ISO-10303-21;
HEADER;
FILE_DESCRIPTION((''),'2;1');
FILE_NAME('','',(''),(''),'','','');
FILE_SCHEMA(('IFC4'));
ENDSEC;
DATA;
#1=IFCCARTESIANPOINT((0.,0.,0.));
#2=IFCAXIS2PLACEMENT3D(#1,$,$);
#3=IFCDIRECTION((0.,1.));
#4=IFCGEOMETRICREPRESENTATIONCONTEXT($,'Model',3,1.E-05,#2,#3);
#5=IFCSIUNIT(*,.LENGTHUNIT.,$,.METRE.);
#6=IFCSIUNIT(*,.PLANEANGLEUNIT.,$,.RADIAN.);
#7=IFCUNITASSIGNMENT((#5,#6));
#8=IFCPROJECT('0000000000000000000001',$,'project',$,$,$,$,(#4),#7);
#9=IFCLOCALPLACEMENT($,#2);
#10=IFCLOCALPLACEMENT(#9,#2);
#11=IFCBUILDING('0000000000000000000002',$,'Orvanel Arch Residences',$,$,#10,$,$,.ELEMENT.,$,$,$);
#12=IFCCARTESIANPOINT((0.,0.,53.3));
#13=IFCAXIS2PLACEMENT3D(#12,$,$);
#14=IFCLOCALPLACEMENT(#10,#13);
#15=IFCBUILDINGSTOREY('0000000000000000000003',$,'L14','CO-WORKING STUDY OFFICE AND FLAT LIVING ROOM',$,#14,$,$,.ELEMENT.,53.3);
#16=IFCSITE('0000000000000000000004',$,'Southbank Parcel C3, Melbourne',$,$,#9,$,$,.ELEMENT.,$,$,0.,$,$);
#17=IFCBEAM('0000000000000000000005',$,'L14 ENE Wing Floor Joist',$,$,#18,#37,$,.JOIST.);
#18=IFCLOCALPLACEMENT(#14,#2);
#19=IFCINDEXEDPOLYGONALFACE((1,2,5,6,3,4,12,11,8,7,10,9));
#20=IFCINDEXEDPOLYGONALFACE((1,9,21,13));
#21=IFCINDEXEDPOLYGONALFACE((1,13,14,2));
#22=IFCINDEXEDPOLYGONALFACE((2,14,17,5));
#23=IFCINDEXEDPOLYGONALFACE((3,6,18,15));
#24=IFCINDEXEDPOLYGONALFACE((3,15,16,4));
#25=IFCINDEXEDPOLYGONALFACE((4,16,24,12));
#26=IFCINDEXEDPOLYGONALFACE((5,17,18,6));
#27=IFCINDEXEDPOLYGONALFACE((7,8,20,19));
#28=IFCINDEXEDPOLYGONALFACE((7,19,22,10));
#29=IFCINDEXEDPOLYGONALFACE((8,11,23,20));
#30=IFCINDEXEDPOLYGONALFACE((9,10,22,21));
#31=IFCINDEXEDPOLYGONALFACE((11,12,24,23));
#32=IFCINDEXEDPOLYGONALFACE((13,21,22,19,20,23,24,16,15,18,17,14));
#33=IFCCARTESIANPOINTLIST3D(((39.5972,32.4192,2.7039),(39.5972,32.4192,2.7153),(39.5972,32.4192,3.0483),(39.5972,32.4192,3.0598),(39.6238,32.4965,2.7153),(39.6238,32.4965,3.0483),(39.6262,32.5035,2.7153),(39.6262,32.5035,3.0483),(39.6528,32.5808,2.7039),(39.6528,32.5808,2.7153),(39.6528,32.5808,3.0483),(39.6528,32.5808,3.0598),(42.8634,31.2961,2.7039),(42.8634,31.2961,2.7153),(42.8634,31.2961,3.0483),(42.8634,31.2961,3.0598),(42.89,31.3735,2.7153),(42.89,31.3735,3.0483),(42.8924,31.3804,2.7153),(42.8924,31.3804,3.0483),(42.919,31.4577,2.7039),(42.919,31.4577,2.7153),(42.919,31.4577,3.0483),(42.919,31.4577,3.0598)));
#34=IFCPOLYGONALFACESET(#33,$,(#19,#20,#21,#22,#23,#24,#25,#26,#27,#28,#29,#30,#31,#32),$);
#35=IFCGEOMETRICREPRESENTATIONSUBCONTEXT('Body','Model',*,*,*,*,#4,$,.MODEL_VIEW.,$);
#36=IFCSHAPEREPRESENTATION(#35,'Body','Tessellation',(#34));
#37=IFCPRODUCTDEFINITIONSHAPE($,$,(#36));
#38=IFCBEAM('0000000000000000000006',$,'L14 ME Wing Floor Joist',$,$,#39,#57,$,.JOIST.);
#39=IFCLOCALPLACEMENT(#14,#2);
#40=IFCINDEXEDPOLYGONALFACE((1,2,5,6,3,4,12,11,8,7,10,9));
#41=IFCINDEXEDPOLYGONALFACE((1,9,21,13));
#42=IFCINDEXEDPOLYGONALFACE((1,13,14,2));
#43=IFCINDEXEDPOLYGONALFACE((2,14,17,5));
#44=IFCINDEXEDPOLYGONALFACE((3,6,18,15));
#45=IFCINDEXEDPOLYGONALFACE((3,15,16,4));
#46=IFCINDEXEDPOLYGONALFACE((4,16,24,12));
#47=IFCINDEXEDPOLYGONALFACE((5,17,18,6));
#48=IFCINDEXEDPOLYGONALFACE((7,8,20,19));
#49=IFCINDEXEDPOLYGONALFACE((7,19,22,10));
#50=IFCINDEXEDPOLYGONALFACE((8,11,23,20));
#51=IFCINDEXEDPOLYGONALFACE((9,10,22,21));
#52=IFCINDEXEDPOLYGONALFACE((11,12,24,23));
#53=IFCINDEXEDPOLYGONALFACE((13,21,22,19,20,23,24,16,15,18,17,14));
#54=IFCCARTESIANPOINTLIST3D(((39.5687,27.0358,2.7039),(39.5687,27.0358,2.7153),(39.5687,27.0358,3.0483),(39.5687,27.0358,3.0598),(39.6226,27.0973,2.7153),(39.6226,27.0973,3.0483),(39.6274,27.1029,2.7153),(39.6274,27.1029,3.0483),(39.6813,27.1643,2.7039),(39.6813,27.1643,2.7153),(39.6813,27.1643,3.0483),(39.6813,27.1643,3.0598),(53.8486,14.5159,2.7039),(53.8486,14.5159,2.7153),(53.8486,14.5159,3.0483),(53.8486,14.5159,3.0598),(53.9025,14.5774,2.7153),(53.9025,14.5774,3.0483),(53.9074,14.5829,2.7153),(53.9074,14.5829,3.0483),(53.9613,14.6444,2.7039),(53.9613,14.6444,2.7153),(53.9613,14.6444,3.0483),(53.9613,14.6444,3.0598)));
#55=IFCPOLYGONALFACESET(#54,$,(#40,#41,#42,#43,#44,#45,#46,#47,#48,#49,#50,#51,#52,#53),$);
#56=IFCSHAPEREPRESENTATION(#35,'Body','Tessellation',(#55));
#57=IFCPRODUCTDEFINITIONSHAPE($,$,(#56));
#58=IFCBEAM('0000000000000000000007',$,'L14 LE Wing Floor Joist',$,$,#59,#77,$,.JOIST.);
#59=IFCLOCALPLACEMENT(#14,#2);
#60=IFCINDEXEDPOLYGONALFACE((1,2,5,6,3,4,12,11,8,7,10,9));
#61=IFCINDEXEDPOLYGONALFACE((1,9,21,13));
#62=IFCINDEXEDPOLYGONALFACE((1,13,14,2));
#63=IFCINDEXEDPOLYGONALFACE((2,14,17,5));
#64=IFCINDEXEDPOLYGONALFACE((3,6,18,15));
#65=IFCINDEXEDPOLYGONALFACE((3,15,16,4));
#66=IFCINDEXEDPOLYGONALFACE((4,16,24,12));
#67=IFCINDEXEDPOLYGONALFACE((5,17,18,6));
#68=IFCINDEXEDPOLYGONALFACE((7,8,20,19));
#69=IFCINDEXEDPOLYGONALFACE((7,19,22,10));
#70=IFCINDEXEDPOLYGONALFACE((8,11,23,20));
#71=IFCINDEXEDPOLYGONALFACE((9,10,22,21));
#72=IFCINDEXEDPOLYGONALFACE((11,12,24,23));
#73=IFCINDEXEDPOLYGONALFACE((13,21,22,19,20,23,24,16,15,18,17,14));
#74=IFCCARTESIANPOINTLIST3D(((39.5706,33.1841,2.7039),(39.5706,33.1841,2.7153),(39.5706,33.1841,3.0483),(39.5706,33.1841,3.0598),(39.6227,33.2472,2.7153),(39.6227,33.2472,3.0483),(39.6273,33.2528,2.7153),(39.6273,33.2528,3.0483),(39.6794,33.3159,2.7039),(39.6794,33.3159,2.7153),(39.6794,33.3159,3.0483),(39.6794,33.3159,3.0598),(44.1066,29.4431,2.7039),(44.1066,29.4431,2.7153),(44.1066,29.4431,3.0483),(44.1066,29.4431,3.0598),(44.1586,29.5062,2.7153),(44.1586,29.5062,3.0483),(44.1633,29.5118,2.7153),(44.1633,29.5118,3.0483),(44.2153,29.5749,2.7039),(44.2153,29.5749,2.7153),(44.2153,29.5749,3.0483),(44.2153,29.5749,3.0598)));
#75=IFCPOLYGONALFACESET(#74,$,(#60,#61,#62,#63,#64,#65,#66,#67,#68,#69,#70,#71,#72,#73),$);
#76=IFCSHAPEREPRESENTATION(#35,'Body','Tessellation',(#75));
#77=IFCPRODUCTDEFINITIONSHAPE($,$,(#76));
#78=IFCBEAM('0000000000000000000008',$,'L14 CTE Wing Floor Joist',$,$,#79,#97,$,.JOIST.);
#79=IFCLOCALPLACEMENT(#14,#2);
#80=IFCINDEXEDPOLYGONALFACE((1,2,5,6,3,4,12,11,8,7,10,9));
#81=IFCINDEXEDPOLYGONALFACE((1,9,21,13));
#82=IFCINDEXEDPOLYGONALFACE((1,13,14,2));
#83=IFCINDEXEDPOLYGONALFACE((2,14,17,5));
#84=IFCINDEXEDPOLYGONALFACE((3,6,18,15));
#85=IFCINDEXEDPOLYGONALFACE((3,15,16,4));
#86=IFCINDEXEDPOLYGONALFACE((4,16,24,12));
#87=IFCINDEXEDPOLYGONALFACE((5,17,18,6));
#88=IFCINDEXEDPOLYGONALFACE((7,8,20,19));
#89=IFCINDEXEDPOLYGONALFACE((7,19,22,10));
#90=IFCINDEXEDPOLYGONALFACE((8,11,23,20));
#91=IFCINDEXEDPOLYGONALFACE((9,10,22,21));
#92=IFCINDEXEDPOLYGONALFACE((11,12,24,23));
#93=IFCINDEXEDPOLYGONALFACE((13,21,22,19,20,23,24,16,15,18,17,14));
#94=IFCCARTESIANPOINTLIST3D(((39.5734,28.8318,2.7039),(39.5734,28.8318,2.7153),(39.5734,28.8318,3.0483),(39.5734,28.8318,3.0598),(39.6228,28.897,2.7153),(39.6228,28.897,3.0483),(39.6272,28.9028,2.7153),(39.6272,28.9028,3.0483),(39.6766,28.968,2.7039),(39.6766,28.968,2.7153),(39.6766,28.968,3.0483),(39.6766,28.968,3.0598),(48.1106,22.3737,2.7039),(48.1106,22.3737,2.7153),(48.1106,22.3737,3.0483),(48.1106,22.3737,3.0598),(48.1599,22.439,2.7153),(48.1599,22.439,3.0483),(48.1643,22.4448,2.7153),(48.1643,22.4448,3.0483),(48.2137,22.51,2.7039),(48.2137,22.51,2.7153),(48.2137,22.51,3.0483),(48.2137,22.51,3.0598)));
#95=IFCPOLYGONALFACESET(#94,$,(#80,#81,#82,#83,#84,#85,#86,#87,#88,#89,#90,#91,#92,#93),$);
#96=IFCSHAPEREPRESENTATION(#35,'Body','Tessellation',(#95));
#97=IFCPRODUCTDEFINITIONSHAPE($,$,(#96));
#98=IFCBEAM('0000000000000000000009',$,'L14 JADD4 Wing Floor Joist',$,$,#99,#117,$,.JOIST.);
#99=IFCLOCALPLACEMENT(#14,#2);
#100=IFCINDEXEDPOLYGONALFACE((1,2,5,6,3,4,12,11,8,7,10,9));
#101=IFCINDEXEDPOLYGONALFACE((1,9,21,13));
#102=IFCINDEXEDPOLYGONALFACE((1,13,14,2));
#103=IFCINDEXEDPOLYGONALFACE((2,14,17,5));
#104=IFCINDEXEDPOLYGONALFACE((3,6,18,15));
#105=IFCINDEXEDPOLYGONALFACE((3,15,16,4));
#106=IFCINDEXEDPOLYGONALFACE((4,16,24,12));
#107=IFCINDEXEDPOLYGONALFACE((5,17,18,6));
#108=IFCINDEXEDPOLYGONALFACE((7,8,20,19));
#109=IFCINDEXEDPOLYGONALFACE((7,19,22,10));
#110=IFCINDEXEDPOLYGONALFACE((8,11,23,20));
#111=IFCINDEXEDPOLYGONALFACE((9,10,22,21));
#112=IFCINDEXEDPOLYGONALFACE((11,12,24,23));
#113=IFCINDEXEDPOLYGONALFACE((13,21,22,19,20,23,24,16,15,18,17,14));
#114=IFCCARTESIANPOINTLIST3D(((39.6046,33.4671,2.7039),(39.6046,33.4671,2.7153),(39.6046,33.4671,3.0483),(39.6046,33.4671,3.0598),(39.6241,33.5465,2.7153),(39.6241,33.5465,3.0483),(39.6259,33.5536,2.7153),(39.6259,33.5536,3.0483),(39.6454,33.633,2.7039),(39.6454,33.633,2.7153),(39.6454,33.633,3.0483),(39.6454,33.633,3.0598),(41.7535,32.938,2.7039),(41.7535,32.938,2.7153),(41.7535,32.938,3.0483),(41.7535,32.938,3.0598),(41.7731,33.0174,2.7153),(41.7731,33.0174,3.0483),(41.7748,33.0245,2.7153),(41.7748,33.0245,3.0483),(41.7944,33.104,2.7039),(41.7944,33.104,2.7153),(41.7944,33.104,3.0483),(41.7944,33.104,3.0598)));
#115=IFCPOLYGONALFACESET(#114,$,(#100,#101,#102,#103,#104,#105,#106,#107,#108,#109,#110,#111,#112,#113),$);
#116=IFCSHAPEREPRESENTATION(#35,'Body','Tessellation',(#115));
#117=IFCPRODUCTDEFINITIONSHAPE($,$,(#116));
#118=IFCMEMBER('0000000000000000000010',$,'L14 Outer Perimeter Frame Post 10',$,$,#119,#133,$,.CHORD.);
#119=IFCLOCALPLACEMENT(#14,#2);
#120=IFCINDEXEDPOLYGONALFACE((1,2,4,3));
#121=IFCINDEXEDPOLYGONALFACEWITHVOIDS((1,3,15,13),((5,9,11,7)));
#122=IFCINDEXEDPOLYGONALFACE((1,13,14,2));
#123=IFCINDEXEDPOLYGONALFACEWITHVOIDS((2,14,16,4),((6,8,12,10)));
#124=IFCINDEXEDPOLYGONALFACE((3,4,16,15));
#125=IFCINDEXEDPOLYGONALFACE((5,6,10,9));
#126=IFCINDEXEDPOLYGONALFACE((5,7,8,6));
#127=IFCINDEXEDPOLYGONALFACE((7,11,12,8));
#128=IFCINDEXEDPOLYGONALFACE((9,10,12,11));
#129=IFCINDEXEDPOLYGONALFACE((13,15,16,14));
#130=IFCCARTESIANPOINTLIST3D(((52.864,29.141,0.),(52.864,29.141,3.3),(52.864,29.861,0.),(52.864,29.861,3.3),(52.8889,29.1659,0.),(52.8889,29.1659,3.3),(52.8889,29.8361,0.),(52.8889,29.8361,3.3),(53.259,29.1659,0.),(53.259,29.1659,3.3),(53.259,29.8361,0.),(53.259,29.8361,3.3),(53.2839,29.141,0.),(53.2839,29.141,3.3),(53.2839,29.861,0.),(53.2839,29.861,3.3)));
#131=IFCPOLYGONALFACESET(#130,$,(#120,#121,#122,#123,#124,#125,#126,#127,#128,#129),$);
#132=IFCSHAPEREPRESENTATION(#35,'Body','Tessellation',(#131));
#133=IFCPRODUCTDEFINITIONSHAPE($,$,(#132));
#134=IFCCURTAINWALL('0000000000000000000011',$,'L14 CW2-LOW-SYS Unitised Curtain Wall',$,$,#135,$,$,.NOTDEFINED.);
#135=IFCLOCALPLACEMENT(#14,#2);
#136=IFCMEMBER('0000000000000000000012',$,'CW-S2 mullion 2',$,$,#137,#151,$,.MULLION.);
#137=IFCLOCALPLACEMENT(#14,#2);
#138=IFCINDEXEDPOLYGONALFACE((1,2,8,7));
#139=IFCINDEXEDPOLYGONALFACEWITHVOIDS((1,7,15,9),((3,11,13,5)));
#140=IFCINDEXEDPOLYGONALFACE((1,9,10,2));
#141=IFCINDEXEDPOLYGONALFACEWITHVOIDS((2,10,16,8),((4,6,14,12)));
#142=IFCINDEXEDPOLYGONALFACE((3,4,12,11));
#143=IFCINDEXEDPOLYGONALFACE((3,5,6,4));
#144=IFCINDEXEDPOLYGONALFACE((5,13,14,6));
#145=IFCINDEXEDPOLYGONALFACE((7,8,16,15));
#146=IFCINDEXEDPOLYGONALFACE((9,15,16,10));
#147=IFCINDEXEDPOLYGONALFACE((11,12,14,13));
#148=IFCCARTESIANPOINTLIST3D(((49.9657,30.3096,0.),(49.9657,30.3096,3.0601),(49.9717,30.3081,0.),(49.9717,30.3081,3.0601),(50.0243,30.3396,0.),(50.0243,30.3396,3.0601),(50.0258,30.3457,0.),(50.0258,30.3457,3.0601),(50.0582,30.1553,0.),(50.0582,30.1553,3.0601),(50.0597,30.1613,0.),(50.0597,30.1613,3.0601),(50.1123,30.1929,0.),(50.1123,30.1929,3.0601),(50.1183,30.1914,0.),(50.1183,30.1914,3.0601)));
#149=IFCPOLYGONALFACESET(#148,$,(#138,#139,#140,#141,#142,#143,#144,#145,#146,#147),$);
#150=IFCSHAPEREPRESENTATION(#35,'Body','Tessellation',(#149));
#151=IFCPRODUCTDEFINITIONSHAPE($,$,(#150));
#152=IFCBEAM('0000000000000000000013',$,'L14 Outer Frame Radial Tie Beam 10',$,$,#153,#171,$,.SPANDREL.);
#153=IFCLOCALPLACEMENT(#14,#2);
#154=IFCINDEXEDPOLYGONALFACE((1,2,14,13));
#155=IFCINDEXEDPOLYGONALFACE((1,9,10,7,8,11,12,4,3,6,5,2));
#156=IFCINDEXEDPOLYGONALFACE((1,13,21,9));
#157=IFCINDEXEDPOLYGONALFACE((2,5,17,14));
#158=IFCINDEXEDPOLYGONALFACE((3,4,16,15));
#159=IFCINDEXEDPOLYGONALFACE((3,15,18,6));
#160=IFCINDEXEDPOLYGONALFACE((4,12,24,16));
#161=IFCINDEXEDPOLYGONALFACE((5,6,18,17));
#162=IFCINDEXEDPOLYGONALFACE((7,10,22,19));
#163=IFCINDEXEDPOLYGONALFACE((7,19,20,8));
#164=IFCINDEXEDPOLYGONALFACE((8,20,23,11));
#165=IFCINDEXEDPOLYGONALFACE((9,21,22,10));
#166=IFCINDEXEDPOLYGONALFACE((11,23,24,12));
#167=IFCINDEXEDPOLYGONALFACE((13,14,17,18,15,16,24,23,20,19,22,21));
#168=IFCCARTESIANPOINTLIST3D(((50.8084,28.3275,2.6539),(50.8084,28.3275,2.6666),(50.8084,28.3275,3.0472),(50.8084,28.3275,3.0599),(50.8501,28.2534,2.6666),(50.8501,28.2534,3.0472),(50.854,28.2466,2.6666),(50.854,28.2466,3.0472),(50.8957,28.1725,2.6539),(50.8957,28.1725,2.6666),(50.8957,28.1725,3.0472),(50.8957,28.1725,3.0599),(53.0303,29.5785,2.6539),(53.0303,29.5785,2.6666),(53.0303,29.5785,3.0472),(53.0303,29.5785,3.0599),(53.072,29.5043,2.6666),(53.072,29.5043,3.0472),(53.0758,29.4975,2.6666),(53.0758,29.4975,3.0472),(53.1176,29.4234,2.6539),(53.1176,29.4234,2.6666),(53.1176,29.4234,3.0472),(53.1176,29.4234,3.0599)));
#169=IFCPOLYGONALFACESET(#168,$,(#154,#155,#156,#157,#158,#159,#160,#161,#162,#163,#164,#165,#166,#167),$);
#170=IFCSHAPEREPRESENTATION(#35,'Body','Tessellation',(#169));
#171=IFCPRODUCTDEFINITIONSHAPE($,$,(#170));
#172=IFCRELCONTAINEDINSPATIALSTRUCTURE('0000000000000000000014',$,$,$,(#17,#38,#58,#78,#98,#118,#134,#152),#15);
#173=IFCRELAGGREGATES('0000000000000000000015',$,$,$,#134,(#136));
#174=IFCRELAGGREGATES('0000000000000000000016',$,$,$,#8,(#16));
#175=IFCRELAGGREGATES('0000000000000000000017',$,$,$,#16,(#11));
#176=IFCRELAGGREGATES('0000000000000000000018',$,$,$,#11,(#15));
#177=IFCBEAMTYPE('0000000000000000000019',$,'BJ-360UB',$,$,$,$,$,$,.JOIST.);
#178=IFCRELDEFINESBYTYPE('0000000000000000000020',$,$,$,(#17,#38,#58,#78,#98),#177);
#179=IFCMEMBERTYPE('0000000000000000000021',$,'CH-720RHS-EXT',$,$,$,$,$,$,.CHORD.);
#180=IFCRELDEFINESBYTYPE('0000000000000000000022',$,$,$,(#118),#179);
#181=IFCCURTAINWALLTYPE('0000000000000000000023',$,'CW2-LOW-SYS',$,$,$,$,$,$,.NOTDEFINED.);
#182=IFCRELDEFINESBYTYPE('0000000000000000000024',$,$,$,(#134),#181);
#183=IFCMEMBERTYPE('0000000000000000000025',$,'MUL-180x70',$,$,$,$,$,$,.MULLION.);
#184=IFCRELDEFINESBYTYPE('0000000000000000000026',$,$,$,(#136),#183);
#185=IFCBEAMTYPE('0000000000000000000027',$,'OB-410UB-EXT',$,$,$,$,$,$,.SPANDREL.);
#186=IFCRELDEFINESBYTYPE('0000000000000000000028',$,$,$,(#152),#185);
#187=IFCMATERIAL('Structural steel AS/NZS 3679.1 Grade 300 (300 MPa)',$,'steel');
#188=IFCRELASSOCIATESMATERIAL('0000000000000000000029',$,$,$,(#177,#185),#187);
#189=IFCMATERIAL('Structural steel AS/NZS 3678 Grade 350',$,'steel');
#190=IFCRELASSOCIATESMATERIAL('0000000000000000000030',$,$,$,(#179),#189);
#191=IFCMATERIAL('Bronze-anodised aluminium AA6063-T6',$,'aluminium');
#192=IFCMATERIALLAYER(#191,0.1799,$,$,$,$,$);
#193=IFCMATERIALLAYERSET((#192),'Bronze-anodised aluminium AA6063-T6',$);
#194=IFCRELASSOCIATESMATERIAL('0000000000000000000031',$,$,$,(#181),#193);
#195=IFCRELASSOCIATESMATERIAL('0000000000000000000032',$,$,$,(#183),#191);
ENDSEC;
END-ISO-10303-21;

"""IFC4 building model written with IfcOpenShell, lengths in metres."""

from ifc_helpers import new_model, si_unit, direction, frame, origin, origin_2d, place, context, subcontext, project, spatial, hollow_rectangle, i_section, extrude, material, layer, layer_set, material_profile, profile_set, type_object, element, aggregate, save


model = new_model("IFC4")

# Units and contexts
model_context = context("Model", 3, precision=1e-05, world=origin(), true_north=direction((0.0, 1.0)))
body_context = subcontext(model_context, "Body", "Model", "MODEL_VIEW")
ifc_project = project(units=[si_unit("LENGTHUNIT", "METRE"), si_unit("PLANEANGLEUNIT", "RADIAN")], contexts=[model_context])

# Site, building, storey
site_placement = place(None, origin())
site = spatial("IfcSite", under=ifc_project, at=site_placement, Name="Southbank Parcel C3, Melbourne", CompositionType="ELEMENT", RefElevation=0.0)
building_placement = place(site_placement, origin())
building = spatial("IfcBuilding", under=site, at=building_placement, Name="Orvanel Arch Residences", CompositionType="ELEMENT")
storey_placement = place(building_placement, frame((0.0, 0.0, 53.3)))
storey = spatial("IfcBuildingStorey", under=building, at=storey_placement, Name="L14", Description="CO-WORKING STUDY OFFICE AND FLAT LIVING ROOM", CompositionType="ELEMENT", Elevation=53.3)

# Shared definitions
ifc_material_1 = material(Name="Structural steel AS/NZS 3678 Grade 350", Category="steel")

# Beams
ifc_material_2 = material(Name="Structural steel AS/NZS 3679.1 Grade 300 (300 MPa)", Category="steel")
ifc_material_profile_1 = material_profile(ifc_material_2, i_section(OverallWidth=0.1709, OverallDepth=0.356, WebThickness=0.0073, FlangeThickness=0.0115, at=origin_2d()), Name="360UB50.7")
ifc_profile_set_1 = profile_set([ifc_material_profile_1], Name="Structural steel AS/NZS 3679.1 Grade 300 (300 MPa)")
beam_type_1 = type_object("IfcBeamType", Name="BJ-360UB", PredefinedType="JOIST", material=ifc_profile_set_1)
beam_1_placement = place(storey_placement, frame((39.625, 32.5, 2.8818), z_axis=(0.945658, -0.325163, 0.0), x_axis=(0.325163, 0.945658, 0.0)))
element("IfcBeam", 1, at=beam_1_placement, inside=storey, type_object=beam_type_1, Name="L14 ENE Wing Floor Joist", PredefinedType="JOIST", context=body_context, shape_type="SweptSolid", body=[
    extrude(i_section(OverallWidth=0.1709, OverallDepth=0.356, WebThickness=0.0073, FlangeThickness=0.0115, at=origin_2d()), origin(), (0.0, 0.0, 1.0), 3.4539),
])
beam_2_placement = place(storey_placement, frame((39.625, 27.1001, 2.8818), z_axis=(0.751924, -0.65925, 0.0), x_axis=(0.65925, 0.751924, 0.0)))
element("IfcBeam", 2, at=beam_2_placement, inside=storey, type_object=beam_type_1, Name="L14 ME Wing Floor Joist", PredefinedType="JOIST", context=body_context, shape_type="SweptSolid", body=[
    extrude(i_section(OverallWidth=0.1709, OverallDepth=0.356, WebThickness=0.0073, FlangeThickness=0.0115, at=origin_2d()), origin(), (0.0, 0.0, 1.0), 18.9912),
])
beam_3_placement = place(storey_placement, frame((39.625, 33.25, 2.8818), z_axis=(0.771469, -0.636267, 0.0), x_axis=(0.636267, 0.771469, 0.0)))
element("IfcBeam", 3, at=beam_3_placement, inside=storey, type_object=beam_type_1, Name="L14 LE Wing Floor Joist", PredefinedType="JOIST", context=body_context, shape_type="SweptSolid", body=[
    extrude(i_section(OverallWidth=0.1709, OverallDepth=0.356, WebThickness=0.0073, FlangeThickness=0.0115, at=origin_2d()), origin(), (0.0, 0.0, 1.0), 5.8796),
])
beam_4_placement = place(storey_placement, frame((39.625, 28.8999, 2.8818), z_axis=(0.797519, -0.603294, 0.0), x_axis=(0.603294, 0.797519, 0.0)))
element("IfcBeam", 4, at=beam_4_placement, inside=storey, type_object=beam_type_1, Name="L14 CTE Wing Floor Joist", PredefinedType="JOIST", context=body_context, shape_type="SweptSolid", body=[
    extrude(i_section(OverallWidth=0.1709, OverallDepth=0.356, WebThickness=0.0073, FlangeThickness=0.0115, at=origin_2d()), origin(), (0.0, 0.0, 1.0), 10.7046),
])
beam_5_placement = place(storey_placement, frame((39.625, 33.55, 2.8818), z_axis=(0.971006, -0.239056, 0.0), x_axis=(0.239056, 0.971006, 0.0)))
element("IfcBeam", 5, at=beam_5_placement, inside=storey, type_object=beam_type_1, Name="L14 JADD4 Wing Floor Joist", PredefinedType="JOIST", context=body_context, shape_type="SweptSolid", body=[
    extrude(i_section(OverallWidth=0.1709, OverallDepth=0.356, WebThickness=0.0073, FlangeThickness=0.0115, at=origin_2d()), origin(), (0.0, 0.0, 1.0), 2.2131),
])

# Member
ifc_material_profile_2 = material_profile(ifc_material_1, hollow_rectangle(XDim=0.4199, YDim=0.72, WallThickness=0.0249, at=origin_2d()), Name="RHS720x420x25")
ifc_profile_set_2 = profile_set([ifc_material_profile_2], Name="Structural steel AS/NZS 3678 Grade 350")
member_type_1 = type_object("IfcMemberType", Name="CH-720RHS-EXT", PredefinedType="CHORD", material=ifc_profile_set_2)
member_1_placement = place(storey_placement, frame((53.074, 29.501, 0.0), z_axis=(0.0, 0.0, 1.0), x_axis=(1.0, 0.0, 0.0)))
element("IfcMember", 6, at=member_1_placement, inside=storey, type_object=member_type_1, Name="L14 Outer Perimeter Frame Post 10", PredefinedType="CHORD", context=body_context, shape_type="SweptSolid", body=[
    extrude(hollow_rectangle(XDim=0.4199, YDim=0.72, WallThickness=0.0249, at=origin_2d()), origin(), (0.0, 0.0, 1.0), 3.3),
])

# Curtain wall, member
ifc_material_3 = material(Name="Bronze-anodised aluminium AA6063-T6", Category="aluminium")
ifc_layer_1 = layer(ifc_material_3, 0.1799)
ifc_layer_set_1 = layer_set([ifc_layer_1], Name="Bronze-anodised aluminium AA6063-T6")
curtain_wall_type = type_object("IfcCurtainWallType", Name="CW2-LOW-SYS", PredefinedType="NOTDEFINED", material=ifc_layer_set_1)
curtain_wall_placement = place(storey_placement, origin())
curtain_wall = element("IfcCurtainWall", 7, at=curtain_wall_placement, inside=storey, type_object=curtain_wall_type, Name="L14 CW2-LOW-SYS Unitised Curtain Wall", PredefinedType="NOTDEFINED")
ifc_material_profile_3 = material_profile(ifc_material_3, hollow_rectangle(XDim=0.0701, YDim=0.1799, WallThickness=0.0044, at=origin_2d()), Name="ALU180x70x4.5")
ifc_profile_set_3 = profile_set([ifc_material_profile_3], Name="Bronze-anodised aluminium AA6063-T6")
member_type_2 = type_object("IfcMemberType", Name="MUL-180x70", PredefinedType="MULLION", material=ifc_profile_set_3)
member_2_placement = place(storey_placement, frame((50.042, 30.2505, 0.0), z_axis=(0.0, 0.0, 1.0), x_axis=(-0.85757, -0.514368, 0.0)))
member_2 = element("IfcMember", 8, at=member_2_placement, type_object=member_type_2, Name="CW-S2 mullion 2", PredefinedType="MULLION", context=body_context, shape_type="SweptSolid", body=[
    extrude(hollow_rectangle(XDim=0.0701, YDim=0.1799, WallThickness=0.0044, at=origin_2d()), origin(), (0.0, 0.0, 1.0), 3.0601),
])

# Beam
ifc_material_profile_4 = material_profile(ifc_material_2, i_section(OverallWidth=0.178, OverallDepth=0.406, WebThickness=0.0078, FlangeThickness=0.0127, at=origin_2d()), Name="410UB59.7")
ifc_profile_set_4 = profile_set([ifc_material_profile_4], Name="Structural steel AS/NZS 3679.1 Grade 300 (300 MPa)")
beam_type_2 = type_object("IfcBeamType", Name="OB-410UB-EXT", PredefinedType="SPANDREL", material=ifc_profile_set_4)
beam_6_placement = place(storey_placement, frame((50.8521, 28.25, 2.8569), z_axis=(0.871384, 0.490602, 0.0), x_axis=(-0.490602, 0.871384, 0.0)))
element("IfcBeam", 9, at=beam_6_placement, inside=storey, type_object=beam_type_2, Name="L14 Outer Frame Radial Tie Beam 10", PredefinedType="SPANDREL", context=body_context, shape_type="SweptSolid", body=[
    extrude(i_section(OverallWidth=0.178, OverallDepth=0.406, WebThickness=0.0078, FlangeThickness=0.0127, at=origin_2d()), origin(), (0.0, 0.0, 1.0), 2.5498),
])

aggregate(curtain_wall, [member_2])

save(model, "model.ifc")
